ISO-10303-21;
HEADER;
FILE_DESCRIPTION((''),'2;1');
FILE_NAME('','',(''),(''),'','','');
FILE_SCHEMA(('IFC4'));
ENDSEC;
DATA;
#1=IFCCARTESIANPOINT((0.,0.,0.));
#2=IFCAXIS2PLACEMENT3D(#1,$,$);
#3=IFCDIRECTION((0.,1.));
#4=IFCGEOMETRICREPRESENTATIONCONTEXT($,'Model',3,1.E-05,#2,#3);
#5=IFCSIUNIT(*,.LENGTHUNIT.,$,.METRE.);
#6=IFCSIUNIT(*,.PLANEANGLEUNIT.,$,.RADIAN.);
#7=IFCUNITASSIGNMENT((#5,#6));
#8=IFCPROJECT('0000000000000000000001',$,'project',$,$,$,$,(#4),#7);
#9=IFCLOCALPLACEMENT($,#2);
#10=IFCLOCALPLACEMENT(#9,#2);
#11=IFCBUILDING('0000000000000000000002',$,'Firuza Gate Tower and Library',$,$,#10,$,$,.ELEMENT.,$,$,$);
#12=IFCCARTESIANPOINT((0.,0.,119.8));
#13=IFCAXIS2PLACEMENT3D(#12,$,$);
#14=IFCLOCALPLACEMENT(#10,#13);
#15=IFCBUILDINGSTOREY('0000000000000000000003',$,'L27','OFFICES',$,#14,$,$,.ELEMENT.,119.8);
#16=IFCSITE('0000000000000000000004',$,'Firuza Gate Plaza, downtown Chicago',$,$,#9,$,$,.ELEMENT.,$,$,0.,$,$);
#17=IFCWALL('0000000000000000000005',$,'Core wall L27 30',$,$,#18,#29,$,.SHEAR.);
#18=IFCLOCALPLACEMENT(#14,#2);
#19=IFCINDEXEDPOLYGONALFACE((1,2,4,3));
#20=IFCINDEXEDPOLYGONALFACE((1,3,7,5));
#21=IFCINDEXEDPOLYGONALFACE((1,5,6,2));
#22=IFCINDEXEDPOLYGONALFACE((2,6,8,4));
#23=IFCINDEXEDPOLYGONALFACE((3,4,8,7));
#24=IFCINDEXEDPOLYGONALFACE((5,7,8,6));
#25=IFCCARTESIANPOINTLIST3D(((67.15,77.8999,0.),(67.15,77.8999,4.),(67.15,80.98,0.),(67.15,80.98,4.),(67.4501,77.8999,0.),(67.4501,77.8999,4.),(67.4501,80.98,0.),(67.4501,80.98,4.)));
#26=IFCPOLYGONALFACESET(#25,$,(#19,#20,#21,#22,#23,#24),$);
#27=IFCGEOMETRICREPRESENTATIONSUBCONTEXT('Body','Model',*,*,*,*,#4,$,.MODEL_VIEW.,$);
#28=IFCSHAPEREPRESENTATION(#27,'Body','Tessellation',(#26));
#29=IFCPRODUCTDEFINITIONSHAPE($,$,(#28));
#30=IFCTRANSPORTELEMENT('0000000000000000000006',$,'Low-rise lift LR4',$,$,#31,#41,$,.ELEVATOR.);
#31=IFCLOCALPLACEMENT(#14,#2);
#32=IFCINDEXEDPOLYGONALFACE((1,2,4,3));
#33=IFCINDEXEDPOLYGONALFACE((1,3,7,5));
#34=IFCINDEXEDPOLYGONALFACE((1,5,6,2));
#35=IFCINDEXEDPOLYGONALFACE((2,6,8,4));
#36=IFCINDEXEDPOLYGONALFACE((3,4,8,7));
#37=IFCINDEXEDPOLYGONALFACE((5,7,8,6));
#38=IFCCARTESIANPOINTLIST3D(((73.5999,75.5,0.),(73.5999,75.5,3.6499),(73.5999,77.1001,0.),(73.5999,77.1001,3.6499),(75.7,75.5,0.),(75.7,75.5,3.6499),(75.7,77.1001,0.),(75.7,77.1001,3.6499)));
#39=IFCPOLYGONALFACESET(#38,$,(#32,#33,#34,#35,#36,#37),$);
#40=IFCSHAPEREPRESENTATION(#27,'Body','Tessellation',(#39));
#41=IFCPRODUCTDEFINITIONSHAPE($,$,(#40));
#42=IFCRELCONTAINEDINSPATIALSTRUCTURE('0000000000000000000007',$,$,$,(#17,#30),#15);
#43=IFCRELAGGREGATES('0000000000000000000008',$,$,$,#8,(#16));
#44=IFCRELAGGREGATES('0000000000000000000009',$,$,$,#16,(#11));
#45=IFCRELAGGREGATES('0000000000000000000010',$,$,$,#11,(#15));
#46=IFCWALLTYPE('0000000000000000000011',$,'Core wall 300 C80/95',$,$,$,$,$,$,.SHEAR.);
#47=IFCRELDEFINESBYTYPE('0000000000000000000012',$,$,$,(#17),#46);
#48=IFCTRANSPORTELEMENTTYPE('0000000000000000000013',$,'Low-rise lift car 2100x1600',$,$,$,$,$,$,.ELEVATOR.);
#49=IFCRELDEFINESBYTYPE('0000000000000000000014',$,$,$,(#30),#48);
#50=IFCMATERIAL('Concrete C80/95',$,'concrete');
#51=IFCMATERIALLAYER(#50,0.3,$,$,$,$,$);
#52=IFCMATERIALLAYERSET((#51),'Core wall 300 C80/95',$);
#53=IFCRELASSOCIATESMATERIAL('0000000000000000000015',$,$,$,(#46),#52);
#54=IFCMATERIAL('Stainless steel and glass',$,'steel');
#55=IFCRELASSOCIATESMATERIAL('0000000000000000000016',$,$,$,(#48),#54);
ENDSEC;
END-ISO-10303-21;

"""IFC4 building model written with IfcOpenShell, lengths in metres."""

from ifc_helpers import new_model, si_unit, direction, frame, frame_2d, origin, origin_2d, place, context, subcontext, project, spatial, rectangle, extrude, material, layer, layer_set, type_object, element, save


model = new_model("IFC4")

# Units and contexts
model_context = context("Model", 3, precision=1e-05, world=origin(), true_north=direction((0.0, 1.0)))
body_context = subcontext(model_context, "Body", "Model", "MODEL_VIEW")
ifc_project = project(units=[si_unit("LENGTHUNIT", "METRE"), si_unit("PLANEANGLEUNIT", "RADIAN")], contexts=[model_context])

# Site, building, storey
site_placement = place(None, origin())
site = spatial("IfcSite", under=ifc_project, at=site_placement, Name="Firuza Gate Plaza, downtown Chicago", CompositionType="ELEMENT", RefElevation=0.0)
building_placement = place(site_placement, origin())
building = spatial("IfcBuilding", under=site, at=building_placement, Name="Firuza Gate Tower and Library", CompositionType="ELEMENT")
storey_placement = place(building_placement, frame((0.0, 0.0, 119.8)))
storey = spatial("IfcBuildingStorey", under=building, at=storey_placement, Name="L27", Description="OFFICES", CompositionType="ELEMENT", Elevation=119.8)

# Shared definitions
ifc_material_1 = material(Name="Concrete C80/95", Category="concrete")
ifc_layer_1 = layer(ifc_material_1, 0.3)
ifc_layer_set_1 = layer_set([ifc_layer_1], Name="Core wall 300 C80/95")
wall_type_1 = type_object("IfcWallType", Name="Core wall 300 C80/95", PredefinedType="SHEAR", material=ifc_layer_set_1)

# Wall
wall_1_placement = place(storey_placement, frame((67.3, 77.8999, 0.0), z_axis=(0.0, 0.0, 1.0), x_axis=(0.0, 1.0, 0.0)))
element("IfcWall", 1, at=wall_1_placement, inside=storey, type_object=wall_type_1, Name="Core wall L27 30", PredefinedType="SHEAR", context=body_context, shape_type="SweptSolid", body=[
    extrude(rectangle(XDim=3.0801, YDim=0.3, at=frame_2d((1.54, 0.0))), origin(), (0.0, 0.0, 1.0), 4.0),
])

# Transport element
ifc_material_2 = material(Name="Stainless steel and glass", Category="steel")
transport_element_type = type_object("IfcTransportElementType", Name="Low-rise lift car 2100x1600", PredefinedType="ELEVATOR", material=ifc_material_2)
transport_element_placement = place(storey_placement, frame((74.6499, 76.3, 0.0), z_axis=(0.0, 0.0, 1.0), x_axis=(1.0, 0.0, 0.0)))
element("IfcTransportElement", 2, at=transport_element_placement, inside=storey, type_object=transport_element_type, Name="Low-rise lift LR4", PredefinedType="ELEVATOR", context=body_context, shape_type="SweptSolid", body=[
    extrude(rectangle(XDim=2.1001, YDim=1.6001, at=origin_2d()), origin(), (0.0, 0.0, 1.0), 3.6499),
])

save(model, "model.ifc")
